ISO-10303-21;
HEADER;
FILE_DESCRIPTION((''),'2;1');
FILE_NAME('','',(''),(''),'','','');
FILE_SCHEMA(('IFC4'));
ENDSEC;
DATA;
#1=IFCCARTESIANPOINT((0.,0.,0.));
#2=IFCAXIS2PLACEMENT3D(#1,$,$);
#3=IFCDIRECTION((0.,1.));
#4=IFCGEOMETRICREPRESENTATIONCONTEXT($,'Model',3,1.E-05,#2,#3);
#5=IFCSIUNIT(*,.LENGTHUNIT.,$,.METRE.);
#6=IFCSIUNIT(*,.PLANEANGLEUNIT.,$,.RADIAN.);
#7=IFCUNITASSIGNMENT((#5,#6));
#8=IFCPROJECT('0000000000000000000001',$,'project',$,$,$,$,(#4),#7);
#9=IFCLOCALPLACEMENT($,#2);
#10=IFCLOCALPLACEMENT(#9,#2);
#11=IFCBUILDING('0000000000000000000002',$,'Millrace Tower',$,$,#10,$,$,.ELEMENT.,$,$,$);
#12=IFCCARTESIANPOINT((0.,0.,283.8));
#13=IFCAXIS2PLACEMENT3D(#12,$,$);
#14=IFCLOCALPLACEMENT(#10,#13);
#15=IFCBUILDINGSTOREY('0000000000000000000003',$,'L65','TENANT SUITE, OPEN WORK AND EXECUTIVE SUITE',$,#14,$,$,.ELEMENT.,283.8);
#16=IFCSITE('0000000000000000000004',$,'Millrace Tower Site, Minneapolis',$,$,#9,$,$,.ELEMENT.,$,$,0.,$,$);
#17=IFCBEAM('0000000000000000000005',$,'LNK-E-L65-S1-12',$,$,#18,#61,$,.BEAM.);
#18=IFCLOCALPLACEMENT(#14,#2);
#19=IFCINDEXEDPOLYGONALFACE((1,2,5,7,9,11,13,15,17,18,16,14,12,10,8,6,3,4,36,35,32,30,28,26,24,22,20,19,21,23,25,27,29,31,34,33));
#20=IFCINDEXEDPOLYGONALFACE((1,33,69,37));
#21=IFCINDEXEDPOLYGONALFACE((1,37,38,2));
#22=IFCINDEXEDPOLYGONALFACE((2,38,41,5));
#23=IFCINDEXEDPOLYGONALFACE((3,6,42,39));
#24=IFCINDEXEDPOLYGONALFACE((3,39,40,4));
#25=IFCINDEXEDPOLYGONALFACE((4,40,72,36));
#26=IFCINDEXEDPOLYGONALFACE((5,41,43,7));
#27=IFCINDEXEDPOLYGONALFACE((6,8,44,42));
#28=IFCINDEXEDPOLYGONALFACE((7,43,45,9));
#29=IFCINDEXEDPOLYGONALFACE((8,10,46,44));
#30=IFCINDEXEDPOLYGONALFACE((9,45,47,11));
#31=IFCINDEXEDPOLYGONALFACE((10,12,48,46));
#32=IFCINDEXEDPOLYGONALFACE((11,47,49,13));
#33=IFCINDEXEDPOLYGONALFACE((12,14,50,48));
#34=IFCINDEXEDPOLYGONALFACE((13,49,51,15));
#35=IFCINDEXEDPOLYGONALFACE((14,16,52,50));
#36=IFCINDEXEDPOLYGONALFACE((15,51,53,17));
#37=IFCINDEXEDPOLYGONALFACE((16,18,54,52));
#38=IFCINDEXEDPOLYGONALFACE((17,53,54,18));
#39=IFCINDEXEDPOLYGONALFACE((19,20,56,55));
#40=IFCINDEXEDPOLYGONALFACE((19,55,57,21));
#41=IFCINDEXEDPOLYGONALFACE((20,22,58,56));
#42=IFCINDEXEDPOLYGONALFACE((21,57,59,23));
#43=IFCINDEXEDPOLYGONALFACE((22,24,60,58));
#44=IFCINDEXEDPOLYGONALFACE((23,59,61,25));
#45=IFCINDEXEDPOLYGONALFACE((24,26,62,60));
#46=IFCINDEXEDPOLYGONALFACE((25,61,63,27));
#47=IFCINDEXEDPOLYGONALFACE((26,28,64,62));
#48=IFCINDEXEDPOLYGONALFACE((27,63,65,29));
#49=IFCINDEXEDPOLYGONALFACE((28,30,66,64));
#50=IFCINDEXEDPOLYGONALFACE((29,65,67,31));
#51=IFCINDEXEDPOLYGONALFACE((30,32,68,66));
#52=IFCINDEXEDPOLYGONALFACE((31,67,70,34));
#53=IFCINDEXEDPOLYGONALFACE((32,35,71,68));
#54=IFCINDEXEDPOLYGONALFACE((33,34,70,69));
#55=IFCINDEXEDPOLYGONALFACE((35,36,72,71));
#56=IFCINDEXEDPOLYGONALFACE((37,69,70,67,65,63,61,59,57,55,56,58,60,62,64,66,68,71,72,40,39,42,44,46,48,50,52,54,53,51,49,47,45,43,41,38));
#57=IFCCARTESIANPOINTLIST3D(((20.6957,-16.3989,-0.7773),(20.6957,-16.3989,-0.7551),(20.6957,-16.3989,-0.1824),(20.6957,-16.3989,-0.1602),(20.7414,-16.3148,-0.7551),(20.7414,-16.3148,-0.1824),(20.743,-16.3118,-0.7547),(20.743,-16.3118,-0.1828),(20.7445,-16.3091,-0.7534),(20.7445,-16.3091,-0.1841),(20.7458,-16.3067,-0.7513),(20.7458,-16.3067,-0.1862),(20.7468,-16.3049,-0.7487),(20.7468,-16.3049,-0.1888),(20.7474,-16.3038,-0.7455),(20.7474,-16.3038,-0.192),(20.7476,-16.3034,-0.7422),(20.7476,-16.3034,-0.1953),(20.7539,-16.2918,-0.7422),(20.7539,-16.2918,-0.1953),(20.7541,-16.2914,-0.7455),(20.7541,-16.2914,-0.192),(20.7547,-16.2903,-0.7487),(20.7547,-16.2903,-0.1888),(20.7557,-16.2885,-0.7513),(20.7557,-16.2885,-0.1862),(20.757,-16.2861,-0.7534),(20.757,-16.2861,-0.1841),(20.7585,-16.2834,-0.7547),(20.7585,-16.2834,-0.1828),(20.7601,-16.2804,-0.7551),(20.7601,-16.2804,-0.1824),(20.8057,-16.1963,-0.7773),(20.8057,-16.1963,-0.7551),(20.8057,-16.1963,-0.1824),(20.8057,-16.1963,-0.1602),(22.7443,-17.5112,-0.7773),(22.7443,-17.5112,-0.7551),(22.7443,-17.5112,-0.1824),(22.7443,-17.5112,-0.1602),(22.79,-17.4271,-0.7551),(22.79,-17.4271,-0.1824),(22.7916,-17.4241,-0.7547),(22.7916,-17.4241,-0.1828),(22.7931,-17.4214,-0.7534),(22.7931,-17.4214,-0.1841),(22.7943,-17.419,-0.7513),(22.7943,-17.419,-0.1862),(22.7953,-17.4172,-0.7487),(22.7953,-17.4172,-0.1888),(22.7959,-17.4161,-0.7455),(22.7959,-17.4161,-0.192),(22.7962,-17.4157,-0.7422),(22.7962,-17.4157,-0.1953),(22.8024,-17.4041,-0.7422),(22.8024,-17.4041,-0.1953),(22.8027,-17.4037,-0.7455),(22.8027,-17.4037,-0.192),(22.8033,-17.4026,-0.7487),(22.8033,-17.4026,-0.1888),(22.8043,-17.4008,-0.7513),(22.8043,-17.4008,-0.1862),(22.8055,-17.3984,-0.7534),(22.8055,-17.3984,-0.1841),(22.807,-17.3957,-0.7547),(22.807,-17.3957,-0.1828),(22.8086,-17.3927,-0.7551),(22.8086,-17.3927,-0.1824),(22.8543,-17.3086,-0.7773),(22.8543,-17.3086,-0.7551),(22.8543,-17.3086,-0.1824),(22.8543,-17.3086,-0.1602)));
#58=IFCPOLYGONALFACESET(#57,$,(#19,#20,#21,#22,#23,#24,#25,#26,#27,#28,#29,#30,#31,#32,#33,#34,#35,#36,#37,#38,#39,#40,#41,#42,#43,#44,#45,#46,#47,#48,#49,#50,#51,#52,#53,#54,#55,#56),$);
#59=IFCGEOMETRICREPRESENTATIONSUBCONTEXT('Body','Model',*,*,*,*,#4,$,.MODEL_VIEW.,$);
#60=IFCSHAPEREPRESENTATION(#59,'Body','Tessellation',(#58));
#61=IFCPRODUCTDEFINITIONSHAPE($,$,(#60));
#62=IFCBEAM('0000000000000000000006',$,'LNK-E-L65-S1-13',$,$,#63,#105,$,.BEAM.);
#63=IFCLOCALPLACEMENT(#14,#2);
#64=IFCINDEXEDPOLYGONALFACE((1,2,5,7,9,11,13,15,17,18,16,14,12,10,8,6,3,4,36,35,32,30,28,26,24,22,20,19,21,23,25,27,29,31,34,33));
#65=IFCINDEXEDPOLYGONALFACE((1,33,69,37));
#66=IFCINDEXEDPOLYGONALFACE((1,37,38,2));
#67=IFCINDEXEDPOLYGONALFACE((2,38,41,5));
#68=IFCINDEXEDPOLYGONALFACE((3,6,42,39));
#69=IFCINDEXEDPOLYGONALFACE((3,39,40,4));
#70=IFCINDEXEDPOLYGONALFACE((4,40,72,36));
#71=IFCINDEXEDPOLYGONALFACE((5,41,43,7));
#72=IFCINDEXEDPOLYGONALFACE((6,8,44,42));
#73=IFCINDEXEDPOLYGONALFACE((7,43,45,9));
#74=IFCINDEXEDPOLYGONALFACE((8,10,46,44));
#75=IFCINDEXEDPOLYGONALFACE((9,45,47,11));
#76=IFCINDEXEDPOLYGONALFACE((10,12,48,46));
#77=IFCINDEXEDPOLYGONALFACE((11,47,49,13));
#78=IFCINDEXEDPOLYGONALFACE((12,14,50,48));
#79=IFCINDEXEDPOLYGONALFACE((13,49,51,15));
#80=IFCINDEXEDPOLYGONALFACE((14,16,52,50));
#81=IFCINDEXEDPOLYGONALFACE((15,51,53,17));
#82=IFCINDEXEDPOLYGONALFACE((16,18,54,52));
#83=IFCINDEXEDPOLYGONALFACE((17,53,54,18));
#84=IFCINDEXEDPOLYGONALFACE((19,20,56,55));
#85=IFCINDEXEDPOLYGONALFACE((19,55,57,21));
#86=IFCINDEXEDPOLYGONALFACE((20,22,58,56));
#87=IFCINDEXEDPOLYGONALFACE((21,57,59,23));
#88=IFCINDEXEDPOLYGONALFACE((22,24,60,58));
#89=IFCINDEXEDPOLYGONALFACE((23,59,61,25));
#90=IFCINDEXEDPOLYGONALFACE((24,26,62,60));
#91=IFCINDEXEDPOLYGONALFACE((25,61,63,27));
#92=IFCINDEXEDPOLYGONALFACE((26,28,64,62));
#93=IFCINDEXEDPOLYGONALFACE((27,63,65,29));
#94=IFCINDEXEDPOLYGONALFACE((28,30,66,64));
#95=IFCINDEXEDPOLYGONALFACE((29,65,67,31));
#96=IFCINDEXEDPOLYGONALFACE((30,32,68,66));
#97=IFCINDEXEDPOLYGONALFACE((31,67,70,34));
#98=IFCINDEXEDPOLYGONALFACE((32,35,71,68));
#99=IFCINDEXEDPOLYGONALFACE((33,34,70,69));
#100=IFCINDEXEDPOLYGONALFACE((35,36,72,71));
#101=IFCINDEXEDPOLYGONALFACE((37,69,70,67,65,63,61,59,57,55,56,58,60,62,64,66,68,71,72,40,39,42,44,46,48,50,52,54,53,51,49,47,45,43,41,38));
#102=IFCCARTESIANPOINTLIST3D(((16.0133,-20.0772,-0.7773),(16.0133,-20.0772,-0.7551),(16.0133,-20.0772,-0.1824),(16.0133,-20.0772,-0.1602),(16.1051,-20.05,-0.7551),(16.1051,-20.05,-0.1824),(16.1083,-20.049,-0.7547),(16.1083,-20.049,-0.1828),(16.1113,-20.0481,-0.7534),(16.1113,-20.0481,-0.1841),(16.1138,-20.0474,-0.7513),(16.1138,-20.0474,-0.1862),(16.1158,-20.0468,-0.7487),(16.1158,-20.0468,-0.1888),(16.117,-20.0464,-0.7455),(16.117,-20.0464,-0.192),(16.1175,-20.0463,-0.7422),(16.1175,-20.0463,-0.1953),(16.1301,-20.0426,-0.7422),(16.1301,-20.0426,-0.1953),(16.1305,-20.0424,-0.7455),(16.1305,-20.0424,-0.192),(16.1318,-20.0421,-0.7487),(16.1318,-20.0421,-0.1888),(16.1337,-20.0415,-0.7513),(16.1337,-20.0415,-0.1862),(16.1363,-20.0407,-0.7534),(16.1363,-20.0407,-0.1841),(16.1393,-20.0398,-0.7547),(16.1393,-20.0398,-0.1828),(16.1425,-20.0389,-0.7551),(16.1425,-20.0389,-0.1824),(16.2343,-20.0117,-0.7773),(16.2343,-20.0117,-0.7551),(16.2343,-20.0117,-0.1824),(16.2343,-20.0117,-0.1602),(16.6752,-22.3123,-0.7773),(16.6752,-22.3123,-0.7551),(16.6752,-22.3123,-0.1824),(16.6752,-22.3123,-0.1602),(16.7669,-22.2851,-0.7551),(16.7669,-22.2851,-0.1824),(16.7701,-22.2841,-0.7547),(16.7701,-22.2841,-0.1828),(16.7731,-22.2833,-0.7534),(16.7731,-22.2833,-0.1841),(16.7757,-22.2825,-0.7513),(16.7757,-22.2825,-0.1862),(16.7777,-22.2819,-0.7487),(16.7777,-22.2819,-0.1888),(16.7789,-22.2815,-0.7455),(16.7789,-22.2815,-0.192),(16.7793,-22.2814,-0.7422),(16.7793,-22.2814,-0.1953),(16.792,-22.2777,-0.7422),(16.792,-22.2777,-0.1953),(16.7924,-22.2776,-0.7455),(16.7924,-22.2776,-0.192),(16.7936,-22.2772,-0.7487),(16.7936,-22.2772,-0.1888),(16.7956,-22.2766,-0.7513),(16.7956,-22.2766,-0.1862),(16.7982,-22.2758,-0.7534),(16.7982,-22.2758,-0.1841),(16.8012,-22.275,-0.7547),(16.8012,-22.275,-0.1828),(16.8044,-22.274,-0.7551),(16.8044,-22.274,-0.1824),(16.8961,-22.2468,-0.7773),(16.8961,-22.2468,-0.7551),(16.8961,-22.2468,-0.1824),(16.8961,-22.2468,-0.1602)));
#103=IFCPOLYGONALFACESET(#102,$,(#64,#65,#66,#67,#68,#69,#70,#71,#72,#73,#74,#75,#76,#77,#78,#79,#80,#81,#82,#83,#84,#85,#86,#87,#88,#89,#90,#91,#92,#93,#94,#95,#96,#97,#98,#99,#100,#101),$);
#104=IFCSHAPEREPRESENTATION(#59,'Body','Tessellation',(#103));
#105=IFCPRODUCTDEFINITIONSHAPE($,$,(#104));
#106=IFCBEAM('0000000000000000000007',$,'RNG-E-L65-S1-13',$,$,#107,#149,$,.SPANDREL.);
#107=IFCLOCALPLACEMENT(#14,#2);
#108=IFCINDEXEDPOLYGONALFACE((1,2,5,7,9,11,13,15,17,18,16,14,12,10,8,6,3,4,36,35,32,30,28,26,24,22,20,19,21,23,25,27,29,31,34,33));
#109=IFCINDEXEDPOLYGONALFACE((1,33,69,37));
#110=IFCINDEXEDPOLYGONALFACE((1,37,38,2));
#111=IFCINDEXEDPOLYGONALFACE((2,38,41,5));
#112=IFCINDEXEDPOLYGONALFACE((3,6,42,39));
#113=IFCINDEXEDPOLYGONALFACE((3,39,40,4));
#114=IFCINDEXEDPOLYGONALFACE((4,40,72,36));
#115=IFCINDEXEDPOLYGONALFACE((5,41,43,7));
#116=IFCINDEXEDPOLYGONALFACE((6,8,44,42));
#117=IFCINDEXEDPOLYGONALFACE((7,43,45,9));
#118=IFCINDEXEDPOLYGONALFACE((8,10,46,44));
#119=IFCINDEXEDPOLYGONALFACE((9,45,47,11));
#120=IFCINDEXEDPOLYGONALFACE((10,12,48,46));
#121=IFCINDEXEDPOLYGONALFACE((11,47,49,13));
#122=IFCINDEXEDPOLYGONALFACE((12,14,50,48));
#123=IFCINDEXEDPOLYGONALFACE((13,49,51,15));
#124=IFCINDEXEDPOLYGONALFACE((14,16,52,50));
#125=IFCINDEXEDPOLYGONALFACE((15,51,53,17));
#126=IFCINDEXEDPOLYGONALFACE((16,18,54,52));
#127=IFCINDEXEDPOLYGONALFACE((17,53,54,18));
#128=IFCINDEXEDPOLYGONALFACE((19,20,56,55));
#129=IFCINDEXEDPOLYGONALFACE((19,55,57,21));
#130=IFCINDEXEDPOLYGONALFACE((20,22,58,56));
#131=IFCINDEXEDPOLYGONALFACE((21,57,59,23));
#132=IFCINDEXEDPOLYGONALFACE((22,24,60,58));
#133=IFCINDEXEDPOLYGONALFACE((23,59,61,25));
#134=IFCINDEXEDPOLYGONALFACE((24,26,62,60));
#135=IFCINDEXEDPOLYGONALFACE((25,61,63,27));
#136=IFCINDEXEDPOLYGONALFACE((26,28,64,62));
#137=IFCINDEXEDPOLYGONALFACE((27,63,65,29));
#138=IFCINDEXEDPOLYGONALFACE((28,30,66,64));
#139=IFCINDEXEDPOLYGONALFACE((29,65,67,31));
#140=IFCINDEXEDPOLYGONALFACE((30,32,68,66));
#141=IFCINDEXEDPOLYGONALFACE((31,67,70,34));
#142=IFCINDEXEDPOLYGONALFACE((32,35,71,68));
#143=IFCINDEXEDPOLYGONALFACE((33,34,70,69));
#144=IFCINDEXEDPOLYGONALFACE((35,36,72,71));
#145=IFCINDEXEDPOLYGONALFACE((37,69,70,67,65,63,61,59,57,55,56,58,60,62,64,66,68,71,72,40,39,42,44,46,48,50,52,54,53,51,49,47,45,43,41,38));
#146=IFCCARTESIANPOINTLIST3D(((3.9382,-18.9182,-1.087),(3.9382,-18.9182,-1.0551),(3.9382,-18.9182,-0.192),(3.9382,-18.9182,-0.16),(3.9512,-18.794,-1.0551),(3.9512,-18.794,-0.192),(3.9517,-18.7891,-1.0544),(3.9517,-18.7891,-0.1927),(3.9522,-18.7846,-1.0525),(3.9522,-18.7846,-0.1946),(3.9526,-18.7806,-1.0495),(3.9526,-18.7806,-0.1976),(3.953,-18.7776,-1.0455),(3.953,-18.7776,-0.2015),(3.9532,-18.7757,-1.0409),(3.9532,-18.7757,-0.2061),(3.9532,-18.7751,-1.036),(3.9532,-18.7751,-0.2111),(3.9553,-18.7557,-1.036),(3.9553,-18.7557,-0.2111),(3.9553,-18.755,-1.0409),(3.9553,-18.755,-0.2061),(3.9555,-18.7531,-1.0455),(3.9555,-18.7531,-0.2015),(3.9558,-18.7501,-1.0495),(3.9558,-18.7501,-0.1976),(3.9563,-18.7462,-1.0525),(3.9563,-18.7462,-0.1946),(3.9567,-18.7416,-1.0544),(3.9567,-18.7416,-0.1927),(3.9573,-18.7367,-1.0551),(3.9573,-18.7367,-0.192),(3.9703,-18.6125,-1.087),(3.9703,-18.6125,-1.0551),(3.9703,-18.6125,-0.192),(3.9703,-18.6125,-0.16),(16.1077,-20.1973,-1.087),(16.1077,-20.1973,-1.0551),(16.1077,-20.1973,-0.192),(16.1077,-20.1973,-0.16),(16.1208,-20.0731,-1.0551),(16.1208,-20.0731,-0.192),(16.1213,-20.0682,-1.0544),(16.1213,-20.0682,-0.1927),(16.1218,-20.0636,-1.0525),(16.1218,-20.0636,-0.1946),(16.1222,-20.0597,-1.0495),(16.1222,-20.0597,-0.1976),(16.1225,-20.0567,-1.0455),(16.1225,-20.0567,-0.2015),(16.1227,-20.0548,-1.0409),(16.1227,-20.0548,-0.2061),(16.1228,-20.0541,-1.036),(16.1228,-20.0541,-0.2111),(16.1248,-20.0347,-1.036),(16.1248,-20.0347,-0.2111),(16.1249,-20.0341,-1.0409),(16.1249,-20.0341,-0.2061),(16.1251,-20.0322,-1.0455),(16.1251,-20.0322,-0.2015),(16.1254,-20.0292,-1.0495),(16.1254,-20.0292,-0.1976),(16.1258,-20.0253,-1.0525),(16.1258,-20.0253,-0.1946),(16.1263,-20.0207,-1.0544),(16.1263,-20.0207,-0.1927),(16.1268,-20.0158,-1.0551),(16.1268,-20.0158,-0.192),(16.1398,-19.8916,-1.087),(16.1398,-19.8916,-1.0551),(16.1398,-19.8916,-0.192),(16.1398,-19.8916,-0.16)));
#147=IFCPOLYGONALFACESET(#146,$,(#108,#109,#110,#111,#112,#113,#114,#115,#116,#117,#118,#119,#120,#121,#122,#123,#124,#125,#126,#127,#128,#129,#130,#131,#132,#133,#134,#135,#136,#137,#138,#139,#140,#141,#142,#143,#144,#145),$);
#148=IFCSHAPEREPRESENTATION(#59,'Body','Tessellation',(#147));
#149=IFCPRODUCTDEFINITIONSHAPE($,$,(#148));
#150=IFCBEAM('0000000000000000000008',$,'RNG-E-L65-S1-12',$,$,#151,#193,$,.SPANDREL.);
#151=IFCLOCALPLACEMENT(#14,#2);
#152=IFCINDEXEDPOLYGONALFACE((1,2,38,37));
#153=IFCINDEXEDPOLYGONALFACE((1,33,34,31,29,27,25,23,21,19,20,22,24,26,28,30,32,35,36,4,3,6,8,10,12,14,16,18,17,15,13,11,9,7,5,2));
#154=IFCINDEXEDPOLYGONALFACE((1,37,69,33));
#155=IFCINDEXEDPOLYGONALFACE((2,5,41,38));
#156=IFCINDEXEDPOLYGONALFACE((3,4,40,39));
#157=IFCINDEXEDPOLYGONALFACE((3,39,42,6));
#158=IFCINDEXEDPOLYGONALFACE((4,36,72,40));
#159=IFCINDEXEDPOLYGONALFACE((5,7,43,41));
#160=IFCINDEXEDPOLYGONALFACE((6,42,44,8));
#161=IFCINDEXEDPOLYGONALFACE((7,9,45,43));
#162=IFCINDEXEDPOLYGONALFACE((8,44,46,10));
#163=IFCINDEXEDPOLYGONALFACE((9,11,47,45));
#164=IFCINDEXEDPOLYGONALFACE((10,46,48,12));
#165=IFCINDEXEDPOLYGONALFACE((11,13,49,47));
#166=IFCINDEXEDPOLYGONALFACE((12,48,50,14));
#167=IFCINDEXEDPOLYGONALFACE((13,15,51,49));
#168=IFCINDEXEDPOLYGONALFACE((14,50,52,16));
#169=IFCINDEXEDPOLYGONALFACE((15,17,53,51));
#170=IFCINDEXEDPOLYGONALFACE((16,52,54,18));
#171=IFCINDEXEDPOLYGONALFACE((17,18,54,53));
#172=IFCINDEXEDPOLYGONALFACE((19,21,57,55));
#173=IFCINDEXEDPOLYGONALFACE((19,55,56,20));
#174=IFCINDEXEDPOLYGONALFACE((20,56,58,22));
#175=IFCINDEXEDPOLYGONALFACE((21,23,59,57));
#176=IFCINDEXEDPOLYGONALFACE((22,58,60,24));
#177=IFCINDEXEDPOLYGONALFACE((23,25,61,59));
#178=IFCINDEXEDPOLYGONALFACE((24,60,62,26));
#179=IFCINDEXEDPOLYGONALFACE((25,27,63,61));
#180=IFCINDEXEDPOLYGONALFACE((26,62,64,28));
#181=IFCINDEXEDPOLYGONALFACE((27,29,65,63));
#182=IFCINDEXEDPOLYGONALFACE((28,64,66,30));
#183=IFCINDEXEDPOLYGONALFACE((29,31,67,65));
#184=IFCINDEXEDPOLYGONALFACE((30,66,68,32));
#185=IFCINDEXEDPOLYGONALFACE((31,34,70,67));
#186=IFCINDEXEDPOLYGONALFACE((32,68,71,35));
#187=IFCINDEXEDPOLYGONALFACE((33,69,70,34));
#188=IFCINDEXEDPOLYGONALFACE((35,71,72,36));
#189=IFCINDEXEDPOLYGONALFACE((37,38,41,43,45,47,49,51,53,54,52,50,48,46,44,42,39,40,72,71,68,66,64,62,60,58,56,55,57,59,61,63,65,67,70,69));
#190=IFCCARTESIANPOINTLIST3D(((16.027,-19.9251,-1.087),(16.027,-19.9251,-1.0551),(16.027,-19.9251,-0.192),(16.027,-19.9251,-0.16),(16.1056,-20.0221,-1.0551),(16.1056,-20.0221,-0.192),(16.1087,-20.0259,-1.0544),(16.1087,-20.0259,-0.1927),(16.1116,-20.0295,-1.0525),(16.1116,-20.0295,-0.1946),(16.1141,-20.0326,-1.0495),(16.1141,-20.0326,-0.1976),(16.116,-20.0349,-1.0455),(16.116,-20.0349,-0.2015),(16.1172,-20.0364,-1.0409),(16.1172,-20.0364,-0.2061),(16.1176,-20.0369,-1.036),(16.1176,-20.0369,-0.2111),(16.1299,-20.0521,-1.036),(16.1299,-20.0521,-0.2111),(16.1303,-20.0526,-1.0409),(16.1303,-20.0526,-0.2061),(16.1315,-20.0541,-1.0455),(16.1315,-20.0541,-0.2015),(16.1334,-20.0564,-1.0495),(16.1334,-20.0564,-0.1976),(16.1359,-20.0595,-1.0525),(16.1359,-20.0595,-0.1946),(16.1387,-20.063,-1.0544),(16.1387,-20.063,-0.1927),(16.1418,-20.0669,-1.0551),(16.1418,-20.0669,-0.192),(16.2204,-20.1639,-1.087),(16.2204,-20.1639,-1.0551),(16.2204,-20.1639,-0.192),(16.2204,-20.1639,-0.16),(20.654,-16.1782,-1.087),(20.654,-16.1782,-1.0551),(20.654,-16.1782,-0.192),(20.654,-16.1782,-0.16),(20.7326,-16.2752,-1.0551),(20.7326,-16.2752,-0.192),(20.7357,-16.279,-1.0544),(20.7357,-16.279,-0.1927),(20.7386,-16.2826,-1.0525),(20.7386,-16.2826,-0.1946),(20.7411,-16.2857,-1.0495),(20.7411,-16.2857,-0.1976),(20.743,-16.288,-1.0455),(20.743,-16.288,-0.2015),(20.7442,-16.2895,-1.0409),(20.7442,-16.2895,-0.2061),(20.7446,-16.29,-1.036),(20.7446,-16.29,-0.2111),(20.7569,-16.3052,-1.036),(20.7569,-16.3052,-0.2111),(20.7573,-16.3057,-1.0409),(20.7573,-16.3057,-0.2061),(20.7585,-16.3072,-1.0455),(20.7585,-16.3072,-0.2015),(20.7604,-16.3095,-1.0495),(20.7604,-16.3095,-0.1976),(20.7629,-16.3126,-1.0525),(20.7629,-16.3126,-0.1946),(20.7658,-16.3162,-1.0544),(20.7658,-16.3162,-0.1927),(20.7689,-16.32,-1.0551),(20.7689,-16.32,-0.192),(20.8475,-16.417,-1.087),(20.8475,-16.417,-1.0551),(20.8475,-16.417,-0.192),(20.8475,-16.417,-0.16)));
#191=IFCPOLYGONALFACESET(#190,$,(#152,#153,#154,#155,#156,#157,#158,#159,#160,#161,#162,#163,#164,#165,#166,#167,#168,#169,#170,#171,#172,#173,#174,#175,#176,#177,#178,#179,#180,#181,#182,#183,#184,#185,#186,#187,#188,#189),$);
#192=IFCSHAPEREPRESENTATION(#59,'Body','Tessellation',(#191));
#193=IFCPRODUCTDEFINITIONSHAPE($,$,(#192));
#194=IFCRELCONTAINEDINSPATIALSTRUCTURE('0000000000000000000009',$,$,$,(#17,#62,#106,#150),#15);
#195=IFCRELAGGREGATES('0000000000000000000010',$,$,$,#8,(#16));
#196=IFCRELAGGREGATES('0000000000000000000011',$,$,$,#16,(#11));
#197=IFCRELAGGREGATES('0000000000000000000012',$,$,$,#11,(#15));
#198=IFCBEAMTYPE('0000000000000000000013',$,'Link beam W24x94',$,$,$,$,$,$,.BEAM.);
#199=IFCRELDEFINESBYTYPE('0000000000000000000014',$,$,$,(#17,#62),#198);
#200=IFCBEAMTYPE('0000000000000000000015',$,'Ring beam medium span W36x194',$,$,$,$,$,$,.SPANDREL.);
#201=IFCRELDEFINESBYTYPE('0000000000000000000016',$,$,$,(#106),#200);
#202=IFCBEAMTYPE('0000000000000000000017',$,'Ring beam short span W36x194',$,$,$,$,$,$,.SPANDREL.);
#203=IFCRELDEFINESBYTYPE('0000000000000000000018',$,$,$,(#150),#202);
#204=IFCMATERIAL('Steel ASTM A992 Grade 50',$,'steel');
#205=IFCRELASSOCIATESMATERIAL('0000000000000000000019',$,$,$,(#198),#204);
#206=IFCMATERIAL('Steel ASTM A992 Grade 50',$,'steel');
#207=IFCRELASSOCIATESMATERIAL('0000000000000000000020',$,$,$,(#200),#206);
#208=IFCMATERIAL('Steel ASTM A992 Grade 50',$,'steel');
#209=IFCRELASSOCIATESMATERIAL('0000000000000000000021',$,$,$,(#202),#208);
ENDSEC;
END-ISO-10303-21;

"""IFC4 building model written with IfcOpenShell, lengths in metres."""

from ifc_helpers import new_model, si_unit, direction, frame, origin, origin_2d, place, context, subcontext, project, spatial, i_section, extrude, material, material_profile, profile_set, type_object, element, save


model = new_model("IFC4")

# Units and contexts
model_context = context("Model", 3, precision=1e-05, world=origin(), true_north=direction((0.0, 1.0)))
body_context = subcontext(model_context, "Body", "Model", "MODEL_VIEW")
ifc_project = project(units=[si_unit("LENGTHUNIT", "METRE"), si_unit("PLANEANGLEUNIT", "RADIAN")], contexts=[model_context])

# Site, building, storey
site_placement = place(None, origin())
site = spatial("IfcSite", under=ifc_project, at=site_placement, Name="Millrace Tower Site, Minneapolis", CompositionType="ELEMENT", RefElevation=0.0)
building_placement = place(site_placement, origin())
building = spatial("IfcBuilding", under=site, at=building_placement, Name="Millrace Tower", CompositionType="ELEMENT")
storey_placement = place(building_placement, frame((0.0, 0.0, 283.8)))
storey = spatial("IfcBuildingStorey", under=building, at=storey_placement, Name="L65", Description="TENANT SUITE, OPEN WORK AND EXECUTIVE SUITE", CompositionType="ELEMENT", Elevation=283.8)

# Beams
ifc_material_1 = material(Name="Steel ASTM A992 Grade 50", Category="steel")
ifc_material_profile_1 = material_profile(ifc_material_1, i_section(OverallWidth=0.2305, OverallDepth=0.6172, WebThickness=0.0132, FlangeThickness=0.0222, FilletRadius=0.0129, at=origin_2d()))
ifc_profile_set_1 = profile_set([ifc_material_profile_1], Name="Steel ASTM A992 Grade 50")
beam_type_1 = type_object("IfcBeamType", Name="Link beam W24x94", PredefinedType="BEAM", material=ifc_profile_set_1)
for number, where, z_axis, x_axis, name in (
    (1, (20.7507, -16.2976, -0.4688), (0.878815, -0.477164, 0.0), (0.477164, 0.878815, 0.0), "LNK-E-L65-S1-12"),
    (2, (16.1238, -20.0444, -0.4688), (0.283935, -0.958844, 0.0), (0.958844, 0.283935, 0.0), "LNK-E-L65-S1-13"),
):
    element("IfcBeam", number, at=place(storey_placement, frame(where, z_axis=z_axis, x_axis=x_axis)), inside=storey, type_object=beam_type_1, Name=name, PredefinedType="BEAM", context=body_context, shape_type="SweptSolid", body=[
        extrude(i_section(OverallWidth=0.2305, OverallDepth=0.6172, WebThickness=0.0132, FlangeThickness=0.0222, FilletRadius=0.0129, at=origin_2d()), origin(), (0.0, 0.0, 1.0), 2.3311),
    ])
ifc_material_2 = material(Name="Steel ASTM A992 Grade 50", Category="steel")
ifc_material_profile_2 = material_profile(ifc_material_2, i_section(OverallWidth=0.3074, OverallDepth=0.927, WebThickness=0.0195, FlangeThickness=0.032, FilletRadius=0.019, at=origin_2d()))
ifc_profile_set_2 = profile_set([ifc_material_profile_2], Name="Steel ASTM A992 Grade 50")
beam_type_2 = type_object("IfcBeamType", Name="Ring beam medium span W36x194", PredefinedType="SPANDREL", material=ifc_profile_set_2)
beam_1_placement = place(storey_placement, frame((16.1238, -20.0444, -0.6235), z_axis=(-0.994522, 0.104528, 0.0), x_axis=(-0.104528, -0.994522, 0.0)))
element("IfcBeam", 3, at=beam_1_placement, inside=storey, type_object=beam_type_2, Name="RNG-E-L65-S1-13", PredefinedType="SPANDREL", context=body_context, shape_type="SweptSolid", body=[
    extrude(i_section(OverallWidth=0.3074, OverallDepth=0.927, WebThickness=0.0195, FlangeThickness=0.032, FilletRadius=0.019, at=origin_2d()), origin(), (0.0, 0.0, 1.0), 12.2366),
])
ifc_material_3 = material(Name="Steel ASTM A992 Grade 50", Category="steel")
ifc_material_profile_3 = material_profile(ifc_material_3, i_section(OverallWidth=0.3074, OverallDepth=0.927, WebThickness=0.0195, FlangeThickness=0.032, FilletRadius=0.019, at=origin_2d()))
ifc_profile_set_3 = profile_set([ifc_material_profile_3], Name="Steel ASTM A992 Grade 50")
beam_type_3 = type_object("IfcBeamType", Name="Ring beam short span W36x194", PredefinedType="SPANDREL", material=ifc_profile_set_3)
beam_2_placement = place(storey_placement, frame((20.7507, -16.2976, -0.6235), z_axis=(-0.777147, -0.62932, 0.0), x_axis=(0.62932, -0.777147, 0.0)))
element("IfcBeam", 4, at=beam_2_placement, inside=storey, type_object=beam_type_3, Name="RNG-E-L65-S1-12", PredefinedType="SPANDREL", context=body_context, shape_type="SweptSolid", body=[
    extrude(i_section(OverallWidth=0.3074, OverallDepth=0.927, WebThickness=0.0195, FlangeThickness=0.032, FilletRadius=0.019, at=origin_2d()), origin(), (0.0, 0.0, 1.0), 5.9539),
])

save(model, "model.ifc")
